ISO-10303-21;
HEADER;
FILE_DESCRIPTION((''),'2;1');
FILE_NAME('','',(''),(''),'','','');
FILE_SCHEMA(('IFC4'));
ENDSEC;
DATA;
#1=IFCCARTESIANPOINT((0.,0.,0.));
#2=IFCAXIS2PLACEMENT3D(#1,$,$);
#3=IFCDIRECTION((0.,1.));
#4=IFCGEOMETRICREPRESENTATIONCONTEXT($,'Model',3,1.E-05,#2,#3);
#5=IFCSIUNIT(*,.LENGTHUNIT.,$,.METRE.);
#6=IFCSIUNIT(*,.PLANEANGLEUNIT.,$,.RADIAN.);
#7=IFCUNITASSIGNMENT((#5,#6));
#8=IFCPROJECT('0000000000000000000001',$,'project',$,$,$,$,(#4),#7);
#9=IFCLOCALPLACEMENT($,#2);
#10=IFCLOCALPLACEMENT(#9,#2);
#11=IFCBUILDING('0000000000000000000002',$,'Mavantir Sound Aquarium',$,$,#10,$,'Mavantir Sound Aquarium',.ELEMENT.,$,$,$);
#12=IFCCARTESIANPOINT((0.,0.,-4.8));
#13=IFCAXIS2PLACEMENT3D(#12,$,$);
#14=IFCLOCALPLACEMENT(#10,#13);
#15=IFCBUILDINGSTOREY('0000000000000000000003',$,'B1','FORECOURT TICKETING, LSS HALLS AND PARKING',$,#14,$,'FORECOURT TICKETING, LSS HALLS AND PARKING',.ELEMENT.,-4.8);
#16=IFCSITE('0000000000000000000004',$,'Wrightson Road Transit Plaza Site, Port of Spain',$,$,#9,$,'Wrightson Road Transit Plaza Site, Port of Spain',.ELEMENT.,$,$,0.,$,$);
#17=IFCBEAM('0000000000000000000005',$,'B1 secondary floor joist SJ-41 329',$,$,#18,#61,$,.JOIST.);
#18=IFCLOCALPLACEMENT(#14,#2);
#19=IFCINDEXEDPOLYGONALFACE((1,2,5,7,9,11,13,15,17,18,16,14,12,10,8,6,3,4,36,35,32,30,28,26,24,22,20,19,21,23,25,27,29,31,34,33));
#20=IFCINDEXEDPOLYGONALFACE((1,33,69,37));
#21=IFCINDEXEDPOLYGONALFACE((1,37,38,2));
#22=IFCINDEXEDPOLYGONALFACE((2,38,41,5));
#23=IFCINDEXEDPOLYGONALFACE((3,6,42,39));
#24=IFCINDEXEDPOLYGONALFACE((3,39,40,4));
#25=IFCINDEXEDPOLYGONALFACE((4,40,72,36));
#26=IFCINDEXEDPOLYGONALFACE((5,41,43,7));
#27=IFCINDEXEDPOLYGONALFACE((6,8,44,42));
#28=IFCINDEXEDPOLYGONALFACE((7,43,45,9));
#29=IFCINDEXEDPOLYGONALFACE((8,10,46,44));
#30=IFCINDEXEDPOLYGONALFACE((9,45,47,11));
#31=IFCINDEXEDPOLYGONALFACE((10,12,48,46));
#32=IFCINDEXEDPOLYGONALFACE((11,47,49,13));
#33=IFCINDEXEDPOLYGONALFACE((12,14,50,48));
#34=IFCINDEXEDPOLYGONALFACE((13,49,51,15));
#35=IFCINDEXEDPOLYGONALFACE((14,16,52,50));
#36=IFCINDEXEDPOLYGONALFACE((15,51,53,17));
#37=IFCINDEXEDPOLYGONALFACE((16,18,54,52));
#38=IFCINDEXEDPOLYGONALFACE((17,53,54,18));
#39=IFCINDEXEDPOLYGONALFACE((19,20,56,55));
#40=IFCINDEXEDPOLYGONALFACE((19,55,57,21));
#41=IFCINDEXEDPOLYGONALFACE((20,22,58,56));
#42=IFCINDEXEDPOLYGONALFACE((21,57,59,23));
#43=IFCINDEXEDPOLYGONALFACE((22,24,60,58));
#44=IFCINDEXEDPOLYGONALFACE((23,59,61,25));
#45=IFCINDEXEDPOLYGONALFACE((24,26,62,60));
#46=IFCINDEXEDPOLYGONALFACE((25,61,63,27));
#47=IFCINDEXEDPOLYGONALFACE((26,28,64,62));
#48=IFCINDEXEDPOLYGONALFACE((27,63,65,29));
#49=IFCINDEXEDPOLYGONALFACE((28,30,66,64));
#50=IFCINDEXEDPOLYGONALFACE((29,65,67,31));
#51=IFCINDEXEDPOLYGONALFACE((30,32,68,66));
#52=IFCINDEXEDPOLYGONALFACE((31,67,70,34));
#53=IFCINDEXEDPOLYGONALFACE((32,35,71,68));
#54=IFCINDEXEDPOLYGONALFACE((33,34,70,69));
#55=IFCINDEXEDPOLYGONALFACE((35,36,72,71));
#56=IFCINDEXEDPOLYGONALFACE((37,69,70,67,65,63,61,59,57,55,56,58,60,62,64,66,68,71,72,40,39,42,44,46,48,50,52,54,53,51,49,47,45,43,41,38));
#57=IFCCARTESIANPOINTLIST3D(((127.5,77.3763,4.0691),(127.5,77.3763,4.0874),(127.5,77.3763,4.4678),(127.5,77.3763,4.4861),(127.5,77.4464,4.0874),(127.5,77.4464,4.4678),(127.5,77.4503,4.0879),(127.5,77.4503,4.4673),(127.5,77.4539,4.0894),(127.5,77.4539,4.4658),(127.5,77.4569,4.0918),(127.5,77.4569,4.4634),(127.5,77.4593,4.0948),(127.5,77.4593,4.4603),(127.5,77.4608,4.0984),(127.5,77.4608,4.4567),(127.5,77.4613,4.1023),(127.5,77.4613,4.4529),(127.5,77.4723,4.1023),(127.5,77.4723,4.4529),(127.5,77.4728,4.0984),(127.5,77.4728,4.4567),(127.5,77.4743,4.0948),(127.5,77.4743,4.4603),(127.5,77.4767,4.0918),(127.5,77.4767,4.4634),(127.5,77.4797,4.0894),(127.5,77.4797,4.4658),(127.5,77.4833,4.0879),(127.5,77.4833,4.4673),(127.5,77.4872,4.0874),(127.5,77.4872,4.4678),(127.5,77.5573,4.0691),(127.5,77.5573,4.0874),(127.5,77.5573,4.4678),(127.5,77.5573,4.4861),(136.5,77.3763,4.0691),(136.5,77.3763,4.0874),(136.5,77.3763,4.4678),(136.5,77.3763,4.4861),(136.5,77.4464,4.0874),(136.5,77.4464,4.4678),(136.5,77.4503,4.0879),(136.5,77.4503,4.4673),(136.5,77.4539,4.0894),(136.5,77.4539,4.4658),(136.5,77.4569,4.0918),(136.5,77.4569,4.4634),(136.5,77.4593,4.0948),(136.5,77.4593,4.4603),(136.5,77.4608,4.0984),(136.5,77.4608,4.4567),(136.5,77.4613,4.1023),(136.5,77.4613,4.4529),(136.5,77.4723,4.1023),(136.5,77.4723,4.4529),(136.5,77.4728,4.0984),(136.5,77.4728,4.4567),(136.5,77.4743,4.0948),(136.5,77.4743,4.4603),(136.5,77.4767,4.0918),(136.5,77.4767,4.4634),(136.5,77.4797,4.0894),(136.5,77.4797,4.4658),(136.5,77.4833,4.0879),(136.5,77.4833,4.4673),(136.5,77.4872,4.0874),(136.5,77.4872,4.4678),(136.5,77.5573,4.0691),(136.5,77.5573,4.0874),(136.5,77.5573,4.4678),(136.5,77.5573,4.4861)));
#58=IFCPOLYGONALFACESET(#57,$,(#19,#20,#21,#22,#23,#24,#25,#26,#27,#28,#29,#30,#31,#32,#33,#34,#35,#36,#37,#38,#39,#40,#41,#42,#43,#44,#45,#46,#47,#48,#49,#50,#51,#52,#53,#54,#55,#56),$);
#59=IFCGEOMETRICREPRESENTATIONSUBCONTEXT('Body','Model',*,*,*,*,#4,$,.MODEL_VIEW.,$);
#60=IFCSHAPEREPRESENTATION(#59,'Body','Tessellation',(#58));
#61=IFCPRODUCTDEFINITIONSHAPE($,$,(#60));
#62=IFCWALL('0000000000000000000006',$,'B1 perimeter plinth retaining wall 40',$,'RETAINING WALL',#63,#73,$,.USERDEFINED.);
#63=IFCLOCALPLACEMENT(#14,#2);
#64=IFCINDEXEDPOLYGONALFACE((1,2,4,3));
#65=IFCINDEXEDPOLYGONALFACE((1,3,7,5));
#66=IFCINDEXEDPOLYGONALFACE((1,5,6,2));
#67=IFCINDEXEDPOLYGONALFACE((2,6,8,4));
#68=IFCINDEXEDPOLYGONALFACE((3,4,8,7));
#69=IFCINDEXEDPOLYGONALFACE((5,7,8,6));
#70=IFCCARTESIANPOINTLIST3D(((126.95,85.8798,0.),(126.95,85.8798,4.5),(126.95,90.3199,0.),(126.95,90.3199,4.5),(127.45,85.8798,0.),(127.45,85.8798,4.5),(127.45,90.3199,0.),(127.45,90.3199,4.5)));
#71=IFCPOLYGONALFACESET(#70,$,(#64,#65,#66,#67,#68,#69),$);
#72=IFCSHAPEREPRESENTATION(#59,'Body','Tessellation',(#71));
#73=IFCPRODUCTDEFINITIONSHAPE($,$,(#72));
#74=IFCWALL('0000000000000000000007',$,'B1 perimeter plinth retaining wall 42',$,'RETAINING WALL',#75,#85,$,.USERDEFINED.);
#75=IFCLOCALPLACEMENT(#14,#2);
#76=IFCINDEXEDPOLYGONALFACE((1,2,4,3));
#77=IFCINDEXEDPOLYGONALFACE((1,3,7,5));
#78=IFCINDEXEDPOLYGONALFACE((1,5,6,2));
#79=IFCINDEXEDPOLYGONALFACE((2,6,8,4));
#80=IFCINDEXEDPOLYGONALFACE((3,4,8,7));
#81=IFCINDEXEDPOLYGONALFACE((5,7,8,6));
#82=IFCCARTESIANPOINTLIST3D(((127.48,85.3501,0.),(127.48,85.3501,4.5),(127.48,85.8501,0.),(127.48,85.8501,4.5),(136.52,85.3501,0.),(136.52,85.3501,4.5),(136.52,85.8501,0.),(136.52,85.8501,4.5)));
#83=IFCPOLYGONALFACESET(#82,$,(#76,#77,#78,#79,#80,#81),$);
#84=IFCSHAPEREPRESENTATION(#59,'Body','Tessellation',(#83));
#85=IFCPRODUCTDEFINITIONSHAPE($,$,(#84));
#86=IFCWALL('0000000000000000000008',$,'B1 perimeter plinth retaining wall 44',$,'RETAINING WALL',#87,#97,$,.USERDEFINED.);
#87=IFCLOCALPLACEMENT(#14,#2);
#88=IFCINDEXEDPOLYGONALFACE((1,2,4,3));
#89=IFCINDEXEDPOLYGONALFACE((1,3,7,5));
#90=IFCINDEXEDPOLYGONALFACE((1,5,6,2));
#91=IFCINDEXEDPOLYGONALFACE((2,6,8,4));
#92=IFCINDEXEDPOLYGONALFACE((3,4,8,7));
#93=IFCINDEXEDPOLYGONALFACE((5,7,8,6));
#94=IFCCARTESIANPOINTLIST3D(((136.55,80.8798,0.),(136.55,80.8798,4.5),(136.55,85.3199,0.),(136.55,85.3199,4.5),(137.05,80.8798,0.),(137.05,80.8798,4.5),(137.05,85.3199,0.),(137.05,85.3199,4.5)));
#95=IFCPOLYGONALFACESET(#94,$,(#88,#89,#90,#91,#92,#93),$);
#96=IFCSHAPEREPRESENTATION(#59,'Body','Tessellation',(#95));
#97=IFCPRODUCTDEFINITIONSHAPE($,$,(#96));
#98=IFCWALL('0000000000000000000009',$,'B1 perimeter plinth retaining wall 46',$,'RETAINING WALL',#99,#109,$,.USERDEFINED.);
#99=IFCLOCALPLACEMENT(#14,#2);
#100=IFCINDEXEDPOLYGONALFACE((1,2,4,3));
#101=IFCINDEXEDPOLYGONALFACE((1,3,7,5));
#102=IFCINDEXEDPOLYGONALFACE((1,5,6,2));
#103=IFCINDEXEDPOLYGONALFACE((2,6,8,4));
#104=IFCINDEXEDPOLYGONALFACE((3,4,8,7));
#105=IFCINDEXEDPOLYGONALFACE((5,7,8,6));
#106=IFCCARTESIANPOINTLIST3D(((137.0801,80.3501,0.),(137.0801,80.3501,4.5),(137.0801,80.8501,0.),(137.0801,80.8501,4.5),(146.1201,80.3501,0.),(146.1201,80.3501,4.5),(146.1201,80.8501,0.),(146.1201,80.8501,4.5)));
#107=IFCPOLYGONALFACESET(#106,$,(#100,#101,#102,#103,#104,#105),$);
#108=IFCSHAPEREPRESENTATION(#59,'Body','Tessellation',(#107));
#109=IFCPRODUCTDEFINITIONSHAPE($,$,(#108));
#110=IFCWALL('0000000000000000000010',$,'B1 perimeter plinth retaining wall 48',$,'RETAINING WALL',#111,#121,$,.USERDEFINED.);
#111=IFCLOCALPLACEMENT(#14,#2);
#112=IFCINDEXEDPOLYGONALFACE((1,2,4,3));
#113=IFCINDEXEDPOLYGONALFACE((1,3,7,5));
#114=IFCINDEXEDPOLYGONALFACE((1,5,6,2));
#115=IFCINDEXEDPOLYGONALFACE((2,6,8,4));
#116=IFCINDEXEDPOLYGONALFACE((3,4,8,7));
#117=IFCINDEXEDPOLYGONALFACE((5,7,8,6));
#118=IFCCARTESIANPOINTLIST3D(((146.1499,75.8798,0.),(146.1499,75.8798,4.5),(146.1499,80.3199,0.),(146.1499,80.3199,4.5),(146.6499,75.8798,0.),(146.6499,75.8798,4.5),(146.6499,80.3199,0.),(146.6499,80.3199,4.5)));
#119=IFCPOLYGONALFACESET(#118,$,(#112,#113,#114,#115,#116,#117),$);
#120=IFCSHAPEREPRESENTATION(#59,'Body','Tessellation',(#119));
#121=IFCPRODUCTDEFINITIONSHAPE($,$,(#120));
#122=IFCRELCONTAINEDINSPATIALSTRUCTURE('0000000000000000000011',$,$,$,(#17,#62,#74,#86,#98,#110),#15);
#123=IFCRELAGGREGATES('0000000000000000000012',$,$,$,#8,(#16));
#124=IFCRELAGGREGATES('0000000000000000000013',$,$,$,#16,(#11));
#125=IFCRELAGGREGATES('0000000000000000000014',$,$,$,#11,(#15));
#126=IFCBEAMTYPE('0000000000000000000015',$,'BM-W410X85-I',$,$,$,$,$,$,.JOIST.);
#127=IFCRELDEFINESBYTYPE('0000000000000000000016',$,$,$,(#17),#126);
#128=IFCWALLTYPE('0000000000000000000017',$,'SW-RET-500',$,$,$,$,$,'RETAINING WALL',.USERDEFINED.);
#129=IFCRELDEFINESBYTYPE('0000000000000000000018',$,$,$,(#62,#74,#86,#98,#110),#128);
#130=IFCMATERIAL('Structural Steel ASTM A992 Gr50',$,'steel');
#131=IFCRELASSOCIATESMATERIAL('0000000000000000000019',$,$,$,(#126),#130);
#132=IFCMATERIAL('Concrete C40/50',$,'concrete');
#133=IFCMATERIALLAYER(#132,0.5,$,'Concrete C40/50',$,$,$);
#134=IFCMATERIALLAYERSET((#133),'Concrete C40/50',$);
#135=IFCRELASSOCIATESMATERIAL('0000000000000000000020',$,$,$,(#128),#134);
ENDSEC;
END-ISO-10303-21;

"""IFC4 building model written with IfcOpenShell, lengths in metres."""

from ifc_helpers import new_model, si_unit, direction, frame, frame_2d, origin, origin_2d, place, context, subcontext, project, spatial, rectangle, i_section, extrude, material, layer, layer_set, material_profile, profile_set, type_object, element, save


model = new_model("IFC4")

# Units and contexts
model_context = context("Model", 3, precision=1e-05, world=origin(), true_north=direction((0.0, 1.0)))
body_context = subcontext(model_context, "Body", "Model", "MODEL_VIEW")
ifc_project = project(units=[si_unit("LENGTHUNIT", "METRE"), si_unit("PLANEANGLEUNIT", "RADIAN")], contexts=[model_context])

# Site, building, storey
site_placement = place(None, origin())
site = spatial("IfcSite", under=ifc_project, at=site_placement, Name="Wrightson Road Transit Plaza Site, Port of Spain", LongName="Wrightson Road Transit Plaza Site, Port of Spain", CompositionType="ELEMENT", RefElevation=0.0)
building_placement = place(site_placement, origin())
building = spatial("IfcBuilding", under=site, at=building_placement, Name="Mavantir Sound Aquarium", LongName="Mavantir Sound Aquarium", CompositionType="ELEMENT")
storey_placement = place(building_placement, frame((0.0, 0.0, -4.8)))
storey = spatial("IfcBuildingStorey", under=building, at=storey_placement, Name="B1", Description="FORECOURT TICKETING, LSS HALLS AND PARKING", LongName="FORECOURT TICKETING, LSS HALLS AND PARKING", CompositionType="ELEMENT", Elevation=-4.8)

# Shared definitions
ifc_material_1 = material(Name="Concrete C40/50", Category="concrete")

# Beam
ifc_material_2 = material(Name="Structural Steel ASTM A992 Gr50", Category="steel")
ifc_material_profile_1 = material_profile(ifc_material_2, i_section(OverallWidth=0.1809, OverallDepth=0.417, WebThickness=0.011, FlangeThickness=0.0183, FilletRadius=0.0149, at=origin_2d()), Name="W410X85")
ifc_profile_set_1 = profile_set([ifc_material_profile_1], Name="Structural Steel ASTM A992 Gr50")
beam_type_1 = type_object("IfcBeamType", Name="BM-W410X85-I", PredefinedType="JOIST", material=ifc_profile_set_1)
beam_1_placement = place(storey_placement, frame((127.5, 77.4668, 4.2776), z_axis=(1.0, 0.0, 0.0), x_axis=(0.0, 1.0, 0.0)))
element("IfcBeam", 1, at=beam_1_placement, inside=storey, type_object=beam_type_1, Name="B1 secondary floor joist SJ-41 329", PredefinedType="JOIST", context=body_context, shape_type="SweptSolid", body=[
    extrude(i_section(OverallWidth=0.1809, OverallDepth=0.417, WebThickness=0.011, FlangeThickness=0.0183, FilletRadius=0.0149, at=origin_2d()), origin(), (0.0, 0.0, 1.0), 9.0),
])

# Walls
ifc_layer = layer(ifc_material_1, 0.5, Name="Concrete C40/50")
ifc_layer_set = layer_set([ifc_layer], Name="Concrete C40/50")
wall_type = type_object("IfcWallType", Name="SW-RET-500", ElementType="RETAINING WALL", PredefinedType="USERDEFINED", material=ifc_layer_set)
wall_1_placement = place(storey_placement, frame((127.2, 90.3201, 0.0), z_axis=(0.0, 0.0, 1.0), x_axis=(0.0, -1.0, 0.0)))
element("IfcWall", 2, at=wall_1_placement, inside=storey, type_object=wall_type, Name="B1 perimeter plinth retaining wall 40", ObjectType="RETAINING WALL", PredefinedType="USERDEFINED", context=body_context, shape_type="SweptSolid", body=[
    extrude(rectangle(XDim=4.4402, YDim=0.5, at=frame_2d((2.2202, 0.0))), origin(), (0.0, 0.0, 1.0), 4.5),
])
wall_2_placement = place(storey_placement, frame((127.48, 85.6001, 0.0), z_axis=(0.0, 0.0, 1.0), x_axis=(1.0, 0.0, 0.0)))
element("IfcWall", 3, at=wall_2_placement, inside=storey, type_object=wall_type, Name="B1 perimeter plinth retaining wall 42", ObjectType="RETAINING WALL", PredefinedType="USERDEFINED", context=body_context, shape_type="SweptSolid", body=[
    extrude(rectangle(XDim=9.04, YDim=0.5, at=frame_2d((4.52, 0.0))), origin(), (0.0, 0.0, 1.0), 4.5),
])
wall_3_placement = place(storey_placement, frame((136.8, 85.3201, 0.0), z_axis=(0.0, 0.0, 1.0), x_axis=(0.0, -1.0, 0.0)))
element("IfcWall", 4, at=wall_3_placement, inside=storey, type_object=wall_type, Name="B1 perimeter plinth retaining wall 44", ObjectType="RETAINING WALL", PredefinedType="USERDEFINED", context=body_context, shape_type="SweptSolid", body=[
    extrude(rectangle(XDim=4.4402, YDim=0.5, at=frame_2d((2.2202, 0.0))), origin(), (0.0, 0.0, 1.0), 4.5),
])
wall_4_placement = place(storey_placement, frame((137.0801, 80.6001, 0.0), z_axis=(0.0, 0.0, 1.0), x_axis=(1.0, 0.0, 0.0)))
element("IfcWall", 5, at=wall_4_placement, inside=storey, type_object=wall_type, Name="B1 perimeter plinth retaining wall 46", ObjectType="RETAINING WALL", PredefinedType="USERDEFINED", context=body_context, shape_type="SweptSolid", body=[
    extrude(rectangle(XDim=9.04, YDim=0.5, at=frame_2d((4.52, 0.0))), origin(), (0.0, 0.0, 1.0), 4.5),
])
wall_5_placement = place(storey_placement, frame((146.3999, 80.3201, 0.0), z_axis=(0.0, 0.0, 1.0), x_axis=(0.0, -1.0, 0.0)))
element("IfcWall", 6, at=wall_5_placement, inside=storey, type_object=wall_type, Name="B1 perimeter plinth retaining wall 48", ObjectType="RETAINING WALL", PredefinedType="USERDEFINED", context=body_context, shape_type="SweptSolid", body=[
    extrude(rectangle(XDim=4.4402, YDim=0.5, at=frame_2d((2.2202, 0.0))), origin(), (0.0, 0.0, 1.0), 4.5),
])

save(model, "model.ifc")
